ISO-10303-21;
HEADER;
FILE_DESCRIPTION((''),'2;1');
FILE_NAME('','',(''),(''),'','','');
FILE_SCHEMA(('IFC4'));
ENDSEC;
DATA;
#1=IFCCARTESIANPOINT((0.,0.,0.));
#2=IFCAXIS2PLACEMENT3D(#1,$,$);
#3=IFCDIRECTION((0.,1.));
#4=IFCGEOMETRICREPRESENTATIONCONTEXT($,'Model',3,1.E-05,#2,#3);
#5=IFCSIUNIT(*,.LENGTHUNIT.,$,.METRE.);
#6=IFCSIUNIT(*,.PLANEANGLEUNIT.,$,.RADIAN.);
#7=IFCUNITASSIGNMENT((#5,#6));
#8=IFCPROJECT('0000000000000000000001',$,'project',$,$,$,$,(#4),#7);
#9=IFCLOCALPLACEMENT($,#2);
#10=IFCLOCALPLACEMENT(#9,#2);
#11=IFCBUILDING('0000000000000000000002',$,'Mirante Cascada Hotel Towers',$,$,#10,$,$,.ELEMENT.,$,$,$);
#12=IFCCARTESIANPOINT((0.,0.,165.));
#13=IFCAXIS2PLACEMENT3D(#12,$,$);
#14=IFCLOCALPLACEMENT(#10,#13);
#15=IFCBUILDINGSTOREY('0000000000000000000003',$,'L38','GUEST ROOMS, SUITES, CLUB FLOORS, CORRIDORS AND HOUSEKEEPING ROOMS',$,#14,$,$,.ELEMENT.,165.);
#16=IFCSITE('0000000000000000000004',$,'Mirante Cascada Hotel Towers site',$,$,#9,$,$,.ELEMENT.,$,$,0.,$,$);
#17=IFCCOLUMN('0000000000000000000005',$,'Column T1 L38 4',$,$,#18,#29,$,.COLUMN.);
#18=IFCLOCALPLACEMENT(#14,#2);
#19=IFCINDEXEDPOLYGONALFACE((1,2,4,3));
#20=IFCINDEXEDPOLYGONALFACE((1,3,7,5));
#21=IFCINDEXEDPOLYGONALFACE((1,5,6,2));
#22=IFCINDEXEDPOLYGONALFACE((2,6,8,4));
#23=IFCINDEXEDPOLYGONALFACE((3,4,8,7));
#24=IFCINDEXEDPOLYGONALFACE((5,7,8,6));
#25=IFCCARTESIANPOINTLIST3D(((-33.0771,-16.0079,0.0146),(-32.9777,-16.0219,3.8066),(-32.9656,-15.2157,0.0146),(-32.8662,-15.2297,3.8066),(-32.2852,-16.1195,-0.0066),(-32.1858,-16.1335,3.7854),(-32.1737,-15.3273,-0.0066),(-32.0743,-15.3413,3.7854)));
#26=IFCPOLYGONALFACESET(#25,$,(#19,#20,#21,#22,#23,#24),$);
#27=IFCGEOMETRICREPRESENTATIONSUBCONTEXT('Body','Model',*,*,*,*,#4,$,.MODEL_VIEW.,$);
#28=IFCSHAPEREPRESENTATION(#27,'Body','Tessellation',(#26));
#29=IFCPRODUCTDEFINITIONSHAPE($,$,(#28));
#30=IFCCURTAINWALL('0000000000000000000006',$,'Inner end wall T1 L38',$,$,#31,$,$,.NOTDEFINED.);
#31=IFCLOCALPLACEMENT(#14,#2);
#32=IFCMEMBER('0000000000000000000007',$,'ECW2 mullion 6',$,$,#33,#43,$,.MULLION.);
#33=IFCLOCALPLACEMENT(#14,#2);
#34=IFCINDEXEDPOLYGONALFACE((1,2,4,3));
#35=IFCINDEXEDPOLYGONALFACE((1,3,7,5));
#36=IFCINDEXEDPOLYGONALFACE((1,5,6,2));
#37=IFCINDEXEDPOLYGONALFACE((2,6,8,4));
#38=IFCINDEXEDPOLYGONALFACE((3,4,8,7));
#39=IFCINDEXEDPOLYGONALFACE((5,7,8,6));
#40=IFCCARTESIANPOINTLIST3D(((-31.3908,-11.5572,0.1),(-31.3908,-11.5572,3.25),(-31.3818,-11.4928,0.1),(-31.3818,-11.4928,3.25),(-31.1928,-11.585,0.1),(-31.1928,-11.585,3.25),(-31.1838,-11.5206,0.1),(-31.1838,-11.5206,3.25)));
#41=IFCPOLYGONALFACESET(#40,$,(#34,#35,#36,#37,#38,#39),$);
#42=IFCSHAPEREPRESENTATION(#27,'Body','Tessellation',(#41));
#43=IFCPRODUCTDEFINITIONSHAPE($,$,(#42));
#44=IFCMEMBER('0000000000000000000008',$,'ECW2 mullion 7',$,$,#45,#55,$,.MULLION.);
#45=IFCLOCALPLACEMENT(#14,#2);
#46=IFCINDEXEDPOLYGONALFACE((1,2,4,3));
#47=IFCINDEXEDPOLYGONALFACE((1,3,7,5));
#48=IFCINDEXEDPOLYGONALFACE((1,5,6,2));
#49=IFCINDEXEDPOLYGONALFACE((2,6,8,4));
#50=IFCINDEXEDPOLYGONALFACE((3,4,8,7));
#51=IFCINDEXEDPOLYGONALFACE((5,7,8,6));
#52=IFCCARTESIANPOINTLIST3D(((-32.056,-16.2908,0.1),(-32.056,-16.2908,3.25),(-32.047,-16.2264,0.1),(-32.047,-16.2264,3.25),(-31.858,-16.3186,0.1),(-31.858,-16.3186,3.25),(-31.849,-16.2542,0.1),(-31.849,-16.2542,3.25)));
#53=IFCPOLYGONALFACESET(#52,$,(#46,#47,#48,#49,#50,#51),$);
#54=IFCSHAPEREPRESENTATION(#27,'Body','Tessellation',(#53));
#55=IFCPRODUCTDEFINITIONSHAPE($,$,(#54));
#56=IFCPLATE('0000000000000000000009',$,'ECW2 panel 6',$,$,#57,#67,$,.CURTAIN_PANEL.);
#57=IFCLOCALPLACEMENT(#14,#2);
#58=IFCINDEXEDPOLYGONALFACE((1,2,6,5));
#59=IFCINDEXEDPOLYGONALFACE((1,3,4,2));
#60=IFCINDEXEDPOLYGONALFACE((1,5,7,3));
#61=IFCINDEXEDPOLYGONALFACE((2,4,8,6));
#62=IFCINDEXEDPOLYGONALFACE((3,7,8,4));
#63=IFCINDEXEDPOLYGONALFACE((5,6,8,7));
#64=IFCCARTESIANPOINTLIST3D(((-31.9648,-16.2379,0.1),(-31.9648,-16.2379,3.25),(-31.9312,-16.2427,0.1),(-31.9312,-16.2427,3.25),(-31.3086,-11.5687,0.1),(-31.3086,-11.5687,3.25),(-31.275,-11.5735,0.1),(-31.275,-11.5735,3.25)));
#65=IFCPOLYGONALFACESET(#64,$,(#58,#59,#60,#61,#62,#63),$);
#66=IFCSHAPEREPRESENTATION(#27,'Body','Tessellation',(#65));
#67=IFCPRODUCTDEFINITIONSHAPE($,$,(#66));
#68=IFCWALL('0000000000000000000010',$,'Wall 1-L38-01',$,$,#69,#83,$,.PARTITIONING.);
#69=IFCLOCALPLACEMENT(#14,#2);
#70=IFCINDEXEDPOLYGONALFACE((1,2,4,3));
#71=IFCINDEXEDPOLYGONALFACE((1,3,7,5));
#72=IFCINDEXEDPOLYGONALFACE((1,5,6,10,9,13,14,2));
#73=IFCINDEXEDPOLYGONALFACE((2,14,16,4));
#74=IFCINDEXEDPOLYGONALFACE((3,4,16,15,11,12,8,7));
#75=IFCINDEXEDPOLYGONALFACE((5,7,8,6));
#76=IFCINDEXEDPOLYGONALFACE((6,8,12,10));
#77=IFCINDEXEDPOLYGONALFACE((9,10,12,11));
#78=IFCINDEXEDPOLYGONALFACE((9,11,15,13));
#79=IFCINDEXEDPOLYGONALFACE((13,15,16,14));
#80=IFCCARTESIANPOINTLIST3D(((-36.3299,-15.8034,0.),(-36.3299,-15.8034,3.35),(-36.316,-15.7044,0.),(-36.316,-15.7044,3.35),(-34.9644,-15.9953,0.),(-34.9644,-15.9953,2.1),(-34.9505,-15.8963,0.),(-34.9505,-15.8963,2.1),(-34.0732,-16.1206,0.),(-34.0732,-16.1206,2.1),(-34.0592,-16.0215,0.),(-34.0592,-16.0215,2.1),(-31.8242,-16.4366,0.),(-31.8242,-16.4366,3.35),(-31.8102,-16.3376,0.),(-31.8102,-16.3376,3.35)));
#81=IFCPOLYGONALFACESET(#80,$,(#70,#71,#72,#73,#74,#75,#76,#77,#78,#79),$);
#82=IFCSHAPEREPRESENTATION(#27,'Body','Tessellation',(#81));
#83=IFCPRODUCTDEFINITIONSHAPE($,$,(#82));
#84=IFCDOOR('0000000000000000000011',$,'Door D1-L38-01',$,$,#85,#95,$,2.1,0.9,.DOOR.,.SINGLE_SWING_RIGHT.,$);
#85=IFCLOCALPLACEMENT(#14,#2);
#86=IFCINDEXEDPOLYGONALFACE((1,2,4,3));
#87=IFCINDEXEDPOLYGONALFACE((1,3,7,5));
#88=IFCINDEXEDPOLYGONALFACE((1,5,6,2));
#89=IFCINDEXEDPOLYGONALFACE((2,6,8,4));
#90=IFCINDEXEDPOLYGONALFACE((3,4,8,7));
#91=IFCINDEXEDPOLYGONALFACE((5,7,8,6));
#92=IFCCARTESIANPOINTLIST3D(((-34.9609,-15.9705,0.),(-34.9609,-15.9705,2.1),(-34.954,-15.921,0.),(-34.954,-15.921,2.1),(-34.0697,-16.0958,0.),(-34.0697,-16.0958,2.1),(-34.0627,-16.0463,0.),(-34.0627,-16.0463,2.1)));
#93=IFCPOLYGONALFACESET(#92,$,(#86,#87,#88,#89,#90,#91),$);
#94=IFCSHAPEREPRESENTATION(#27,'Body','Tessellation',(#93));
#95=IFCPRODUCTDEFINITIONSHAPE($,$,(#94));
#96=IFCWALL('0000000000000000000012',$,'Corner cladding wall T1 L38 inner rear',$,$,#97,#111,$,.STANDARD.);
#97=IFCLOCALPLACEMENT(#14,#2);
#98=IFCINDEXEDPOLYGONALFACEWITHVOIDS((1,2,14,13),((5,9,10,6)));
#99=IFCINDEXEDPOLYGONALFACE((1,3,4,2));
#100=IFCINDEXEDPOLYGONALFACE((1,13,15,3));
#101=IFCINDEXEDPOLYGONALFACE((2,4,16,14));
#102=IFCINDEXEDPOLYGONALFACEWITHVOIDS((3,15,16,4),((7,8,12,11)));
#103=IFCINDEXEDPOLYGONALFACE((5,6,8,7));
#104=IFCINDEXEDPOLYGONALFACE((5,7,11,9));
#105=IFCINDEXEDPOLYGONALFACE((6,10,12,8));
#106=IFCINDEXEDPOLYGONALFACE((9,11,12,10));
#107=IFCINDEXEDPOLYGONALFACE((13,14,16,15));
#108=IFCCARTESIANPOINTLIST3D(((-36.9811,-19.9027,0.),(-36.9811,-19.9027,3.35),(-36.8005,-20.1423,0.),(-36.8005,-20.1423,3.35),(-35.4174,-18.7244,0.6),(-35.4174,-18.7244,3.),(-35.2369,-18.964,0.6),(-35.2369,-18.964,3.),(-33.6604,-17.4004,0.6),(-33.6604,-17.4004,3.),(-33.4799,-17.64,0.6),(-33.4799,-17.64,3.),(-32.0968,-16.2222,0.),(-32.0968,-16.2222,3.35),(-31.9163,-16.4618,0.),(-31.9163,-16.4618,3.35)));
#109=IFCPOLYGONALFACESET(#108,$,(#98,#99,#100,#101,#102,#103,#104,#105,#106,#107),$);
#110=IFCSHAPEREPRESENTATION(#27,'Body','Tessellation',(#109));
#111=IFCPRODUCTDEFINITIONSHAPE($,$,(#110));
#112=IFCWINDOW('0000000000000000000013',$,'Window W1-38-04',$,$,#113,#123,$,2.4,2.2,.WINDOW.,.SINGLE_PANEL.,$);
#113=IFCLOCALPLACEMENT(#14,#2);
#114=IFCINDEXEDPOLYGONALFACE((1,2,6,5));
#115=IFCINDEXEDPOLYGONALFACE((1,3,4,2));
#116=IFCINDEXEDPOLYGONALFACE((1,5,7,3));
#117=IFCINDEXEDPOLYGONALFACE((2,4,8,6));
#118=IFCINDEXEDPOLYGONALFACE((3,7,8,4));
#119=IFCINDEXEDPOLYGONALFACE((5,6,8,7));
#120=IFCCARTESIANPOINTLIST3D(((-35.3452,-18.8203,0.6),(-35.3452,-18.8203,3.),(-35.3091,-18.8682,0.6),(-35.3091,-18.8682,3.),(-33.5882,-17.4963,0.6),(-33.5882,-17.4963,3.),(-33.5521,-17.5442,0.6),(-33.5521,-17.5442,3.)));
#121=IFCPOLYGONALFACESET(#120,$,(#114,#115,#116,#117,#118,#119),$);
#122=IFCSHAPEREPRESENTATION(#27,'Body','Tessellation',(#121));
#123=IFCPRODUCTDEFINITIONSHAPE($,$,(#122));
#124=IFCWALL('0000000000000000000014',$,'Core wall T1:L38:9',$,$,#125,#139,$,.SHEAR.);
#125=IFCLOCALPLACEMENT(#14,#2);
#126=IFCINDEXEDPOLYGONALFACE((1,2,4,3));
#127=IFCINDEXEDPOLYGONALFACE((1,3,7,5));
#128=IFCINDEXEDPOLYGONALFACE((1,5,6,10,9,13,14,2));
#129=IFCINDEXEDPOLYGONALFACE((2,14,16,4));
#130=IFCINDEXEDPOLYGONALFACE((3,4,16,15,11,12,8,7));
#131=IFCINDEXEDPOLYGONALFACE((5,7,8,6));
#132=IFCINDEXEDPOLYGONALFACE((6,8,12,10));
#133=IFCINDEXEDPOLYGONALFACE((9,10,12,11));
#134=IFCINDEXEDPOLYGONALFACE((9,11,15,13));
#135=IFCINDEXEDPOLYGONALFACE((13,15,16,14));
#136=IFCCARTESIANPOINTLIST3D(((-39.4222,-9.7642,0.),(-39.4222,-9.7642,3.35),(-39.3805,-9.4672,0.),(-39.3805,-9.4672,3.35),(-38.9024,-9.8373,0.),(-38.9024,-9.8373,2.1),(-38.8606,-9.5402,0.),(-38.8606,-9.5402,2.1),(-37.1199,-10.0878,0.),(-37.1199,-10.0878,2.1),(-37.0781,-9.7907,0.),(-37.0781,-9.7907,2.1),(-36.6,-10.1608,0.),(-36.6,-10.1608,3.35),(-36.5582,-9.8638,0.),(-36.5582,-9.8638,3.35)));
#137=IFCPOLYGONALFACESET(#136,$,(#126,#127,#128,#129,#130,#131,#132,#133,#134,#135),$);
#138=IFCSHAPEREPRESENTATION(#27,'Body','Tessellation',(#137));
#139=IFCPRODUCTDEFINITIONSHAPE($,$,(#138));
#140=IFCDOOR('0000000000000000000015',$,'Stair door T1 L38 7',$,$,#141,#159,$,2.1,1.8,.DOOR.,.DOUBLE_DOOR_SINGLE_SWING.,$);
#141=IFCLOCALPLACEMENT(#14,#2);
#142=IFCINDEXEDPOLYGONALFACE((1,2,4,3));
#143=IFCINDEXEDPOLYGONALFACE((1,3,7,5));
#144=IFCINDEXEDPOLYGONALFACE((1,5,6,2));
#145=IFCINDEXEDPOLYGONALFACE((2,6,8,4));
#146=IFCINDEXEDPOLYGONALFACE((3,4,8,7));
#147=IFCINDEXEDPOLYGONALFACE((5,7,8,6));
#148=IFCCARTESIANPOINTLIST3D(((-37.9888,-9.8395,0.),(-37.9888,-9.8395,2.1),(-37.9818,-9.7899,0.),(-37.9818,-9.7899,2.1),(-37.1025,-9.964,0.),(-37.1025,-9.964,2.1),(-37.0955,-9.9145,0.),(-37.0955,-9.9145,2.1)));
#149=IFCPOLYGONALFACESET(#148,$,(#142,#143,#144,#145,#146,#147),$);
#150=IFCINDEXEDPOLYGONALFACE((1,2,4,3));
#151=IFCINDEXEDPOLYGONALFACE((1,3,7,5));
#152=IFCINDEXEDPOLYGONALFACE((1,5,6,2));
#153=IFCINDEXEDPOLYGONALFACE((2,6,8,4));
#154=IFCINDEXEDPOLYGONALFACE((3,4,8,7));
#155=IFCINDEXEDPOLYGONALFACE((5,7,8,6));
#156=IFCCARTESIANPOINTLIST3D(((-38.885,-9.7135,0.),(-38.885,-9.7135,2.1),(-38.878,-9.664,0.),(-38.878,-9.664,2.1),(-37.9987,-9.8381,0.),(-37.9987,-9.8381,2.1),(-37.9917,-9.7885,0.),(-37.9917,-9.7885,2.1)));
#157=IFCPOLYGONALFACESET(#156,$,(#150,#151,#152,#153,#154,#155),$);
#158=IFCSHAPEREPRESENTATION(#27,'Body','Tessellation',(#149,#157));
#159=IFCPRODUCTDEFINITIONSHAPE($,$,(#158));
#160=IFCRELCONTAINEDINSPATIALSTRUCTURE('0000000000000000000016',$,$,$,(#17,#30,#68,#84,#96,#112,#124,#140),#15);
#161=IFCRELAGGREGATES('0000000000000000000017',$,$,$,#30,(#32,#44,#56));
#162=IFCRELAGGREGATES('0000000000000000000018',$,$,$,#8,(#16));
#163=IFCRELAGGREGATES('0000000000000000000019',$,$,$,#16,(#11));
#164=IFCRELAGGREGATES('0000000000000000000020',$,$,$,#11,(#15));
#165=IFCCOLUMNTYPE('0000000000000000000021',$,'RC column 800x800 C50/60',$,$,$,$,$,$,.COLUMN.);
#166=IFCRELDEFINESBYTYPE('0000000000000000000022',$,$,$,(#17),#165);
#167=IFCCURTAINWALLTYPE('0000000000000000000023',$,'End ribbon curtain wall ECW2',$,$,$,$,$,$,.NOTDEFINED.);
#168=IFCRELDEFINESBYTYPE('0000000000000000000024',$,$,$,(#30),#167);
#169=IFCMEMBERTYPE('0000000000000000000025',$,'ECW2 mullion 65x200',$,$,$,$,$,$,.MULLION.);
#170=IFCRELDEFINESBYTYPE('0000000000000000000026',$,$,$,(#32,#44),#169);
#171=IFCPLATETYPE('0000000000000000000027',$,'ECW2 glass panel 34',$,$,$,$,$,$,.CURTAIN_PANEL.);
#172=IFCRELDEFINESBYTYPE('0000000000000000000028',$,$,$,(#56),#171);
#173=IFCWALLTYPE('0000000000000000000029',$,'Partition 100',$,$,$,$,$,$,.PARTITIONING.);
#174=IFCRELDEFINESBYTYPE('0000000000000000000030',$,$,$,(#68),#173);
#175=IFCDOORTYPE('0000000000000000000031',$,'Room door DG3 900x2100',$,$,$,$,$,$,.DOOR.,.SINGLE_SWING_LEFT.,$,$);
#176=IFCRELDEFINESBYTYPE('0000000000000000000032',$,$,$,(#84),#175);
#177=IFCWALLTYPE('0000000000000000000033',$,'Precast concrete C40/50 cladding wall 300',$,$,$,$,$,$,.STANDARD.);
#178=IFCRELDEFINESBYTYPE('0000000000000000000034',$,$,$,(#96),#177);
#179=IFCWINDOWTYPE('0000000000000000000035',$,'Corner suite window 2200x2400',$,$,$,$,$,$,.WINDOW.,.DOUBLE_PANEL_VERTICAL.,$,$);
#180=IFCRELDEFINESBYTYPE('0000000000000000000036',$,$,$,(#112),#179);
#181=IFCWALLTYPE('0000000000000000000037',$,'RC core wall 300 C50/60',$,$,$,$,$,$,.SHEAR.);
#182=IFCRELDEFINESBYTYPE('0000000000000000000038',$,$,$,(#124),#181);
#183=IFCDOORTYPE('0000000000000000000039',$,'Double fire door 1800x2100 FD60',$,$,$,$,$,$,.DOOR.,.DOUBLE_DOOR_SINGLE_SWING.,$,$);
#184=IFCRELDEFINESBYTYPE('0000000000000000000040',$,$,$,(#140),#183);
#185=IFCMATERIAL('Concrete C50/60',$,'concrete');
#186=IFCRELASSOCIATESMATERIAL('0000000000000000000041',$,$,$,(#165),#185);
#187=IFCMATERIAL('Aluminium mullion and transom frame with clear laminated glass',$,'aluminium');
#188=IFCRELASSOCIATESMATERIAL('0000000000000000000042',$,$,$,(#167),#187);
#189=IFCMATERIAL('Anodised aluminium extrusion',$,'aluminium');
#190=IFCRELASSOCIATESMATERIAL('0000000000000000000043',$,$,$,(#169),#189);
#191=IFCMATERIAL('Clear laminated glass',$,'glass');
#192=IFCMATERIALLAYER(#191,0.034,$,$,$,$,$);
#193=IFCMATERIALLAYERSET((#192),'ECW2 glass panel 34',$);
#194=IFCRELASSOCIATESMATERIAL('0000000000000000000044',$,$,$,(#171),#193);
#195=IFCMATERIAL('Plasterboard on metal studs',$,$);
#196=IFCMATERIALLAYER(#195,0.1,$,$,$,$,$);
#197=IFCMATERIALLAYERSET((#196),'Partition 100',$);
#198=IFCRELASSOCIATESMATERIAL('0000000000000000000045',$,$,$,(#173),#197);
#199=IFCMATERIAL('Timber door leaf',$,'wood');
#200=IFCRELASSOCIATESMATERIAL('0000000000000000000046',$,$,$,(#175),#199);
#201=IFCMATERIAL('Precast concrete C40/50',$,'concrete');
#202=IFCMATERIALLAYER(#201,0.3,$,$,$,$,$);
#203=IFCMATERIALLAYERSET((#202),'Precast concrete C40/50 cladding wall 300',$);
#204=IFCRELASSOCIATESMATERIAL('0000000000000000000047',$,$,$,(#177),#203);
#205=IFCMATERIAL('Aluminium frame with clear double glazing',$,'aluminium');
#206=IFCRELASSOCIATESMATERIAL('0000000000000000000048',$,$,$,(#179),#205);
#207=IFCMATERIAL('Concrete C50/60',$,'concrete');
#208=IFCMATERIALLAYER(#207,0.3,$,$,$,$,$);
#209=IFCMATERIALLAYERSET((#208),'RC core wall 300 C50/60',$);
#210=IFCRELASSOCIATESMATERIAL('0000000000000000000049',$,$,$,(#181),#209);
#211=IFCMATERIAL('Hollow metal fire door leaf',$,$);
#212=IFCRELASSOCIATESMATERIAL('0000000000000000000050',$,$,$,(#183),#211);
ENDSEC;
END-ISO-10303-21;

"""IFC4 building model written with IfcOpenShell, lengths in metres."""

from ifc_helpers import new_model, si_unit, direction, frame, frame_2d, origin, origin_2d, place, context, subcontext, project, spatial, rectangle, extrude, material, layer, layer_set, material_profile, profile_set, type_object, element, fill, aggregate, save


model = new_model("IFC4")

# Units and contexts
model_context = context("Model", 3, precision=1e-05, world=origin(), true_north=direction((0.0, 1.0)))
body_context = subcontext(model_context, "Body", "Model", "MODEL_VIEW")
ifc_project = project(units=[si_unit("LENGTHUNIT", "METRE"), si_unit("PLANEANGLEUNIT", "RADIAN")], contexts=[model_context])

# Site, building, storey
site_placement = place(None, origin())
site = spatial("IfcSite", under=ifc_project, at=site_placement, Name="Mirante Cascada Hotel Towers site", CompositionType="ELEMENT", RefElevation=0.0)
building_placement = place(site_placement, origin())
building = spatial("IfcBuilding", under=site, at=building_placement, Name="Mirante Cascada Hotel Towers", CompositionType="ELEMENT")
storey_placement = place(building_placement, frame((0.0, 0.0, 165.0)))
storey = spatial("IfcBuildingStorey", under=building, at=storey_placement, Name="L38", Description="GUEST ROOMS, SUITES, CLUB FLOORS, CORRIDORS AND HOUSEKEEPING ROOMS", CompositionType="ELEMENT", Elevation=165.0)

# Column
ifc_material_1 = material(Name="Concrete C50/60", Category="concrete")
ifc_material_profile_1 = material_profile(ifc_material_1, rectangle(XDim=0.8, YDim=0.8, at=origin_2d()), Name="RC column 800x800 C50/60")
ifc_profile_set_1 = profile_set([ifc_material_profile_1], Name="Concrete C50/60")
column_type = type_object("IfcColumnType", Name="RC column 800x800 C50/60", PredefinedType="COLUMN", material=ifc_profile_set_1)
column_placement = place(storey_placement, frame((-32.6254, -15.6676, 0.004), z_axis=(0.026204, -0.003691, 0.99965), x_axis=(0.139468, 0.990227, 0.0)))
element("IfcColumn", 1, at=column_placement, inside=storey, type_object=column_type, Name="Column T1 L38 4", PredefinedType="COLUMN", context=body_context, shape_type="SweptSolid", body=[
    extrude(rectangle(XDim=0.8, YDim=0.8, at=origin_2d()), origin(), (0.0, 0.0, 1.0), 3.7933),
])

# Curtain wall, members, plate
ifc_material_2 = material(Name="Aluminium mullion and transom frame with clear laminated glass", Category="aluminium")
curtain_wall_type = type_object("IfcCurtainWallType", Name="End ribbon curtain wall ECW2", PredefinedType="NOTDEFINED", material=ifc_material_2)
curtain_wall_placement = place(storey_placement, origin())
curtain_wall = element("IfcCurtainWall", 2, at=curtain_wall_placement, inside=storey, type_object=curtain_wall_type, Name="Inner end wall T1 L38", PredefinedType="NOTDEFINED")
ifc_material_3 = material(Name="Anodised aluminium extrusion", Category="aluminium")
ifc_material_profile_2 = material_profile(ifc_material_3, rectangle(XDim=0.2, YDim=0.065, at=origin_2d()), Name="ECW2 MULLION 65x200")
ifc_profile_set_2 = profile_set([ifc_material_profile_2], Name="Anodised aluminium extrusion")
member_type = type_object("IfcMemberType", Name="ECW2 mullion 65x200", PredefinedType="MULLION", material=ifc_profile_set_2)
member_1_placement = place(storey_placement, frame((-31.2873, -11.5389, 0.1), z_axis=(0.0, 0.0, 1.0), x_axis=(0.990268, -0.139173, 0.0)))
member_1 = element("IfcMember", 3, at=member_1_placement, type_object=member_type, Name="ECW2 mullion 6", PredefinedType="MULLION", context=body_context, shape_type="SweptSolid", body=[
    extrude(rectangle(XDim=0.2, YDim=0.065, at=origin_2d()), origin(), (0.0, 0.0, 1.0), 3.15),
])
member_2_placement = place(storey_placement, frame((-31.9525, -16.2725, 0.1), z_axis=(0.0, 0.0, 1.0), x_axis=(0.990268, -0.139173, 0.0)))
member_2 = element("IfcMember", 4, at=member_2_placement, type_object=member_type, Name="ECW2 mullion 7", PredefinedType="MULLION", context=body_context, shape_type="SweptSolid", body=[
    extrude(rectangle(XDim=0.2, YDim=0.065, at=origin_2d()), origin(), (0.0, 0.0, 1.0), 3.15),
])
ifc_material_4 = material(Name="Clear laminated glass", Category="glass")
ifc_layer_1 = layer(ifc_material_4, 0.034)
ifc_layer_set_1 = layer_set([ifc_layer_1], Name="ECW2 glass panel 34")
plate_type = type_object("IfcPlateType", Name="ECW2 glass panel 34", PredefinedType="CURTAIN_PANEL", material=ifc_layer_set_1)
plate_placement = place(storey_placement, frame((-31.6199, -13.9057, 0.1), z_axis=(0.0, 0.0, 1.0), x_axis=(-0.139173, -0.990268, 0.0)))
plate = element("IfcPlate", 5, at=plate_placement, type_object=plate_type, Name="ECW2 panel 6", PredefinedType="CURTAIN_PANEL", context=body_context, shape_type="SweptSolid", body=[
    extrude(rectangle(XDim=4.7151, YDim=0.034, at=origin_2d()), origin(), (0.0, 0.0, 1.0), 3.15),
])
aggregate(curtain_wall, [member_1, member_2, plate])

# Wall, opening, door
ifc_material_5 = material(Name="Plasterboard on metal studs")
ifc_layer_2 = layer(ifc_material_5, 0.1)
ifc_layer_set_2 = layer_set([ifc_layer_2], Name="Partition 100")
wall_type_1 = type_object("IfcWallType", Name="Partition 100", PredefinedType="PARTITIONING", material=ifc_layer_set_2)
wall_1_placement = place(storey_placement, frame((-31.8172, -16.3871, 0.0), z_axis=(0.0, 0.0, 1.0), x_axis=(-0.990269, 0.139166, 0.0)))
wall_1 = element("IfcWall", 6, at=wall_1_placement, inside=storey, type_object=wall_type_1, Name="Wall 1-L38-01", PredefinedType="PARTITIONING", context=body_context, shape_type="SweptSolid", body=[
    extrude(rectangle(XDim=4.55, YDim=0.1, at=frame_2d((2.275, 0.0))), origin(), (0.0, 0.0, 1.0), 3.35),
])
opening_1_placement = place(wall_1_placement, frame((2.2711, 0.0, 0.0)))
opening_1 = element("IfcOpeningElement", 7, at=opening_1_placement, cuts=wall_1, PredefinedType="OPENING", context=body_context, shape_type="SweptSolid", body=[
    extrude(rectangle(XDim=0.9, YDim=2.1, at=frame_2d((0.45, 1.05))), frame((0.0, 0.05, 0.0), z_axis=(0.0, -1.0, 0.0), x_axis=(1.0, 0.0, 0.0)), (0.0, 0.0, 1.0), 0.1),
])
ifc_material_6 = material(Name="Timber door leaf", Category="wood")
door_type_1 = type_object("IfcDoorType", Name="Room door DG3 900x2100", OperationType="SINGLE_SWING_LEFT", PredefinedType="DOOR", material=ifc_material_6)
door_1_placement = place(opening_1_placement, frame((0.9, 0.0, 0.0), z_axis=(0.0, 0.0, 1.0), x_axis=(-1.0, 0.0, 0.0)))
door_1 = element("IfcDoor", 8, at=door_1_placement, inside=storey, type_object=door_type_1, Name="Door D1-L38-01", OperationType="SINGLE_SWING_RIGHT", OverallHeight=2.1, OverallWidth=0.9, PredefinedType="DOOR", context=body_context, shape_type="SweptSolid", body=[
    extrude(rectangle(XDim=0.9, YDim=2.1, at=frame_2d((0.45, 1.05))), frame((0.0, 0.025, 0.0), z_axis=(0.0, -1.0, 0.0), x_axis=(1.0, 0.0, 0.0)), (0.0, 0.0, 1.0), 0.05),
])
fill(opening_1, door_1)

# Wall, opening, window
ifc_material_7 = material(Name="Precast concrete C40/50", Category="concrete")
ifc_layer_3 = layer(ifc_material_7, 0.3)
ifc_layer_set_3 = layer_set([ifc_layer_3], Name="Precast concrete C40/50 cladding wall 300")
wall_type_2 = type_object("IfcWallType", Name="Precast concrete C40/50 cladding wall 300", PredefinedType="STANDARD", material=ifc_layer_set_3)
wall_2_placement = place(storey_placement, frame((-32.0066, -16.342, 0.0), z_axis=(0.0, 0.0, 1.0), x_axis=(-0.798636, -0.601814, 0.0)))
wall_2 = element("IfcWall", 9, at=wall_2_placement, inside=storey, type_object=wall_type_2, Name="Corner cladding wall T1 L38 inner rear", PredefinedType="STANDARD", context=body_context, shape_type="SweptSolid", body=[
    extrude(rectangle(XDim=6.1157, YDim=0.3, at=frame_2d((3.0578, 0.0))), origin(), (0.0, 0.0, 1.0), 3.35),
])
opening_2_placement = place(wall_2_placement, frame((1.9578, 0.0, 0.6)))
opening_2 = element("IfcOpeningElement", 10, at=opening_2_placement, cuts=wall_2, PredefinedType="OPENING", context=body_context, shape_type="SweptSolid", body=[
    extrude(rectangle(XDim=2.2, YDim=2.4, at=frame_2d((1.1, 1.2))), frame((0.0, 0.15, 0.0), z_axis=(0.0, -1.0, 0.0), x_axis=(1.0, 0.0, 0.0)), (0.0, 0.0, 1.0), 0.3),
])
ifc_material_8 = material(Name="Aluminium frame with clear double glazing", Category="aluminium")
window_type = type_object("IfcWindowType", Name="Corner suite window 2200x2400", PartitioningType="DOUBLE_PANEL_VERTICAL", PredefinedType="WINDOW", material=ifc_material_8)
window_placement = place(opening_2_placement, origin())
window = element("IfcWindow", 11, at=window_placement, inside=storey, type_object=window_type, Name="Window W1-38-04", OverallHeight=2.4, OverallWidth=2.2, PartitioningType="SINGLE_PANEL", PredefinedType="WINDOW", context=body_context, shape_type="SweptSolid", body=[
    extrude(rectangle(XDim=2.2, YDim=2.4, at=frame_2d((1.1, 1.2))), frame((0.0, 0.03, 0.0), z_axis=(0.0, -1.0, 0.0), x_axis=(1.0, 0.0, 0.0)), (0.0, 0.0, 1.0), 0.06),
])
fill(opening_2, window)

# Wall, opening, door
ifc_material_9 = material(Name="Concrete C50/60", Category="concrete")
ifc_layer_4 = layer(ifc_material_9, 0.3)
ifc_layer_set_4 = layer_set([ifc_layer_4], Name="RC core wall 300 C50/60")
wall_type_3 = type_object("IfcWallType", Name="RC core wall 300 C50/60", PredefinedType="SHEAR", material=ifc_layer_set_4)
wall_3_placement = place(storey_placement, frame((-36.5791, -10.0123, 0.0), z_axis=(0.0, 0.0, 1.0), x_axis=(-0.99027, 0.139156, 0.0)))
wall_3 = element("IfcWall", 12, at=wall_3_placement, inside=storey, type_object=wall_type_3, Name="Core wall T1:L38:9", PredefinedType="SHEAR", context=body_context, shape_type="SweptSolid", body=[
    extrude(rectangle(XDim=2.85, YDim=0.3, at=frame_2d((1.425, 0.0))), origin(), (0.0, 0.0, 1.0), 3.35),
])
opening_3_placement = place(wall_3_placement, frame((0.525, 0.0, 0.0)))
opening_3 = element("IfcOpeningElement", 13, at=opening_3_placement, cuts=wall_3, PredefinedType="OPENING", context=body_context, shape_type="SweptSolid", body=[
    extrude(rectangle(XDim=1.8, YDim=2.1, at=frame_2d((0.9, 1.05))), frame((0.0, 0.15, 0.0), z_axis=(0.0, -1.0, 0.0), x_axis=(1.0, 0.0, 0.0)), (0.0, 0.0, 1.0), 0.3),
])
ifc_material_10 = material(Name="Hollow metal fire door leaf")
door_type_2 = type_object("IfcDoorType", Name="Double fire door 1800x2100 FD60", OperationType="DOUBLE_DOOR_SINGLE_SWING", PredefinedType="DOOR", material=ifc_material_10)
door_2_placement = place(opening_3_placement, origin())
door_2 = element("IfcDoor", 14, at=door_2_placement, inside=storey, type_object=door_type_2, Name="Stair door T1 L38 7", OperationType="DOUBLE_DOOR_SINGLE_SWING", OverallHeight=2.1, OverallWidth=1.8, PredefinedType="DOOR", context=body_context, shape_type="SweptSolid", body=[
    extrude(rectangle(XDim=0.895, YDim=2.1, at=frame_2d((0.4475, 1.05))), frame((0.0, 0.025, 0.0), z_axis=(0.0, -1.0, 0.0), x_axis=(1.0, 0.0, 0.0)), (0.0, 0.0, 1.0), 0.05),
    extrude(rectangle(XDim=0.895, YDim=2.1, at=frame_2d((1.3525, 1.05))), frame((0.0, 0.025, 0.0), z_axis=(0.0, -1.0, 0.0), x_axis=(1.0, 0.0, 0.0)), (0.0, 0.0, 1.0), 0.05),
])
fill(opening_3, door_2)

save(model, "model.ifc")
